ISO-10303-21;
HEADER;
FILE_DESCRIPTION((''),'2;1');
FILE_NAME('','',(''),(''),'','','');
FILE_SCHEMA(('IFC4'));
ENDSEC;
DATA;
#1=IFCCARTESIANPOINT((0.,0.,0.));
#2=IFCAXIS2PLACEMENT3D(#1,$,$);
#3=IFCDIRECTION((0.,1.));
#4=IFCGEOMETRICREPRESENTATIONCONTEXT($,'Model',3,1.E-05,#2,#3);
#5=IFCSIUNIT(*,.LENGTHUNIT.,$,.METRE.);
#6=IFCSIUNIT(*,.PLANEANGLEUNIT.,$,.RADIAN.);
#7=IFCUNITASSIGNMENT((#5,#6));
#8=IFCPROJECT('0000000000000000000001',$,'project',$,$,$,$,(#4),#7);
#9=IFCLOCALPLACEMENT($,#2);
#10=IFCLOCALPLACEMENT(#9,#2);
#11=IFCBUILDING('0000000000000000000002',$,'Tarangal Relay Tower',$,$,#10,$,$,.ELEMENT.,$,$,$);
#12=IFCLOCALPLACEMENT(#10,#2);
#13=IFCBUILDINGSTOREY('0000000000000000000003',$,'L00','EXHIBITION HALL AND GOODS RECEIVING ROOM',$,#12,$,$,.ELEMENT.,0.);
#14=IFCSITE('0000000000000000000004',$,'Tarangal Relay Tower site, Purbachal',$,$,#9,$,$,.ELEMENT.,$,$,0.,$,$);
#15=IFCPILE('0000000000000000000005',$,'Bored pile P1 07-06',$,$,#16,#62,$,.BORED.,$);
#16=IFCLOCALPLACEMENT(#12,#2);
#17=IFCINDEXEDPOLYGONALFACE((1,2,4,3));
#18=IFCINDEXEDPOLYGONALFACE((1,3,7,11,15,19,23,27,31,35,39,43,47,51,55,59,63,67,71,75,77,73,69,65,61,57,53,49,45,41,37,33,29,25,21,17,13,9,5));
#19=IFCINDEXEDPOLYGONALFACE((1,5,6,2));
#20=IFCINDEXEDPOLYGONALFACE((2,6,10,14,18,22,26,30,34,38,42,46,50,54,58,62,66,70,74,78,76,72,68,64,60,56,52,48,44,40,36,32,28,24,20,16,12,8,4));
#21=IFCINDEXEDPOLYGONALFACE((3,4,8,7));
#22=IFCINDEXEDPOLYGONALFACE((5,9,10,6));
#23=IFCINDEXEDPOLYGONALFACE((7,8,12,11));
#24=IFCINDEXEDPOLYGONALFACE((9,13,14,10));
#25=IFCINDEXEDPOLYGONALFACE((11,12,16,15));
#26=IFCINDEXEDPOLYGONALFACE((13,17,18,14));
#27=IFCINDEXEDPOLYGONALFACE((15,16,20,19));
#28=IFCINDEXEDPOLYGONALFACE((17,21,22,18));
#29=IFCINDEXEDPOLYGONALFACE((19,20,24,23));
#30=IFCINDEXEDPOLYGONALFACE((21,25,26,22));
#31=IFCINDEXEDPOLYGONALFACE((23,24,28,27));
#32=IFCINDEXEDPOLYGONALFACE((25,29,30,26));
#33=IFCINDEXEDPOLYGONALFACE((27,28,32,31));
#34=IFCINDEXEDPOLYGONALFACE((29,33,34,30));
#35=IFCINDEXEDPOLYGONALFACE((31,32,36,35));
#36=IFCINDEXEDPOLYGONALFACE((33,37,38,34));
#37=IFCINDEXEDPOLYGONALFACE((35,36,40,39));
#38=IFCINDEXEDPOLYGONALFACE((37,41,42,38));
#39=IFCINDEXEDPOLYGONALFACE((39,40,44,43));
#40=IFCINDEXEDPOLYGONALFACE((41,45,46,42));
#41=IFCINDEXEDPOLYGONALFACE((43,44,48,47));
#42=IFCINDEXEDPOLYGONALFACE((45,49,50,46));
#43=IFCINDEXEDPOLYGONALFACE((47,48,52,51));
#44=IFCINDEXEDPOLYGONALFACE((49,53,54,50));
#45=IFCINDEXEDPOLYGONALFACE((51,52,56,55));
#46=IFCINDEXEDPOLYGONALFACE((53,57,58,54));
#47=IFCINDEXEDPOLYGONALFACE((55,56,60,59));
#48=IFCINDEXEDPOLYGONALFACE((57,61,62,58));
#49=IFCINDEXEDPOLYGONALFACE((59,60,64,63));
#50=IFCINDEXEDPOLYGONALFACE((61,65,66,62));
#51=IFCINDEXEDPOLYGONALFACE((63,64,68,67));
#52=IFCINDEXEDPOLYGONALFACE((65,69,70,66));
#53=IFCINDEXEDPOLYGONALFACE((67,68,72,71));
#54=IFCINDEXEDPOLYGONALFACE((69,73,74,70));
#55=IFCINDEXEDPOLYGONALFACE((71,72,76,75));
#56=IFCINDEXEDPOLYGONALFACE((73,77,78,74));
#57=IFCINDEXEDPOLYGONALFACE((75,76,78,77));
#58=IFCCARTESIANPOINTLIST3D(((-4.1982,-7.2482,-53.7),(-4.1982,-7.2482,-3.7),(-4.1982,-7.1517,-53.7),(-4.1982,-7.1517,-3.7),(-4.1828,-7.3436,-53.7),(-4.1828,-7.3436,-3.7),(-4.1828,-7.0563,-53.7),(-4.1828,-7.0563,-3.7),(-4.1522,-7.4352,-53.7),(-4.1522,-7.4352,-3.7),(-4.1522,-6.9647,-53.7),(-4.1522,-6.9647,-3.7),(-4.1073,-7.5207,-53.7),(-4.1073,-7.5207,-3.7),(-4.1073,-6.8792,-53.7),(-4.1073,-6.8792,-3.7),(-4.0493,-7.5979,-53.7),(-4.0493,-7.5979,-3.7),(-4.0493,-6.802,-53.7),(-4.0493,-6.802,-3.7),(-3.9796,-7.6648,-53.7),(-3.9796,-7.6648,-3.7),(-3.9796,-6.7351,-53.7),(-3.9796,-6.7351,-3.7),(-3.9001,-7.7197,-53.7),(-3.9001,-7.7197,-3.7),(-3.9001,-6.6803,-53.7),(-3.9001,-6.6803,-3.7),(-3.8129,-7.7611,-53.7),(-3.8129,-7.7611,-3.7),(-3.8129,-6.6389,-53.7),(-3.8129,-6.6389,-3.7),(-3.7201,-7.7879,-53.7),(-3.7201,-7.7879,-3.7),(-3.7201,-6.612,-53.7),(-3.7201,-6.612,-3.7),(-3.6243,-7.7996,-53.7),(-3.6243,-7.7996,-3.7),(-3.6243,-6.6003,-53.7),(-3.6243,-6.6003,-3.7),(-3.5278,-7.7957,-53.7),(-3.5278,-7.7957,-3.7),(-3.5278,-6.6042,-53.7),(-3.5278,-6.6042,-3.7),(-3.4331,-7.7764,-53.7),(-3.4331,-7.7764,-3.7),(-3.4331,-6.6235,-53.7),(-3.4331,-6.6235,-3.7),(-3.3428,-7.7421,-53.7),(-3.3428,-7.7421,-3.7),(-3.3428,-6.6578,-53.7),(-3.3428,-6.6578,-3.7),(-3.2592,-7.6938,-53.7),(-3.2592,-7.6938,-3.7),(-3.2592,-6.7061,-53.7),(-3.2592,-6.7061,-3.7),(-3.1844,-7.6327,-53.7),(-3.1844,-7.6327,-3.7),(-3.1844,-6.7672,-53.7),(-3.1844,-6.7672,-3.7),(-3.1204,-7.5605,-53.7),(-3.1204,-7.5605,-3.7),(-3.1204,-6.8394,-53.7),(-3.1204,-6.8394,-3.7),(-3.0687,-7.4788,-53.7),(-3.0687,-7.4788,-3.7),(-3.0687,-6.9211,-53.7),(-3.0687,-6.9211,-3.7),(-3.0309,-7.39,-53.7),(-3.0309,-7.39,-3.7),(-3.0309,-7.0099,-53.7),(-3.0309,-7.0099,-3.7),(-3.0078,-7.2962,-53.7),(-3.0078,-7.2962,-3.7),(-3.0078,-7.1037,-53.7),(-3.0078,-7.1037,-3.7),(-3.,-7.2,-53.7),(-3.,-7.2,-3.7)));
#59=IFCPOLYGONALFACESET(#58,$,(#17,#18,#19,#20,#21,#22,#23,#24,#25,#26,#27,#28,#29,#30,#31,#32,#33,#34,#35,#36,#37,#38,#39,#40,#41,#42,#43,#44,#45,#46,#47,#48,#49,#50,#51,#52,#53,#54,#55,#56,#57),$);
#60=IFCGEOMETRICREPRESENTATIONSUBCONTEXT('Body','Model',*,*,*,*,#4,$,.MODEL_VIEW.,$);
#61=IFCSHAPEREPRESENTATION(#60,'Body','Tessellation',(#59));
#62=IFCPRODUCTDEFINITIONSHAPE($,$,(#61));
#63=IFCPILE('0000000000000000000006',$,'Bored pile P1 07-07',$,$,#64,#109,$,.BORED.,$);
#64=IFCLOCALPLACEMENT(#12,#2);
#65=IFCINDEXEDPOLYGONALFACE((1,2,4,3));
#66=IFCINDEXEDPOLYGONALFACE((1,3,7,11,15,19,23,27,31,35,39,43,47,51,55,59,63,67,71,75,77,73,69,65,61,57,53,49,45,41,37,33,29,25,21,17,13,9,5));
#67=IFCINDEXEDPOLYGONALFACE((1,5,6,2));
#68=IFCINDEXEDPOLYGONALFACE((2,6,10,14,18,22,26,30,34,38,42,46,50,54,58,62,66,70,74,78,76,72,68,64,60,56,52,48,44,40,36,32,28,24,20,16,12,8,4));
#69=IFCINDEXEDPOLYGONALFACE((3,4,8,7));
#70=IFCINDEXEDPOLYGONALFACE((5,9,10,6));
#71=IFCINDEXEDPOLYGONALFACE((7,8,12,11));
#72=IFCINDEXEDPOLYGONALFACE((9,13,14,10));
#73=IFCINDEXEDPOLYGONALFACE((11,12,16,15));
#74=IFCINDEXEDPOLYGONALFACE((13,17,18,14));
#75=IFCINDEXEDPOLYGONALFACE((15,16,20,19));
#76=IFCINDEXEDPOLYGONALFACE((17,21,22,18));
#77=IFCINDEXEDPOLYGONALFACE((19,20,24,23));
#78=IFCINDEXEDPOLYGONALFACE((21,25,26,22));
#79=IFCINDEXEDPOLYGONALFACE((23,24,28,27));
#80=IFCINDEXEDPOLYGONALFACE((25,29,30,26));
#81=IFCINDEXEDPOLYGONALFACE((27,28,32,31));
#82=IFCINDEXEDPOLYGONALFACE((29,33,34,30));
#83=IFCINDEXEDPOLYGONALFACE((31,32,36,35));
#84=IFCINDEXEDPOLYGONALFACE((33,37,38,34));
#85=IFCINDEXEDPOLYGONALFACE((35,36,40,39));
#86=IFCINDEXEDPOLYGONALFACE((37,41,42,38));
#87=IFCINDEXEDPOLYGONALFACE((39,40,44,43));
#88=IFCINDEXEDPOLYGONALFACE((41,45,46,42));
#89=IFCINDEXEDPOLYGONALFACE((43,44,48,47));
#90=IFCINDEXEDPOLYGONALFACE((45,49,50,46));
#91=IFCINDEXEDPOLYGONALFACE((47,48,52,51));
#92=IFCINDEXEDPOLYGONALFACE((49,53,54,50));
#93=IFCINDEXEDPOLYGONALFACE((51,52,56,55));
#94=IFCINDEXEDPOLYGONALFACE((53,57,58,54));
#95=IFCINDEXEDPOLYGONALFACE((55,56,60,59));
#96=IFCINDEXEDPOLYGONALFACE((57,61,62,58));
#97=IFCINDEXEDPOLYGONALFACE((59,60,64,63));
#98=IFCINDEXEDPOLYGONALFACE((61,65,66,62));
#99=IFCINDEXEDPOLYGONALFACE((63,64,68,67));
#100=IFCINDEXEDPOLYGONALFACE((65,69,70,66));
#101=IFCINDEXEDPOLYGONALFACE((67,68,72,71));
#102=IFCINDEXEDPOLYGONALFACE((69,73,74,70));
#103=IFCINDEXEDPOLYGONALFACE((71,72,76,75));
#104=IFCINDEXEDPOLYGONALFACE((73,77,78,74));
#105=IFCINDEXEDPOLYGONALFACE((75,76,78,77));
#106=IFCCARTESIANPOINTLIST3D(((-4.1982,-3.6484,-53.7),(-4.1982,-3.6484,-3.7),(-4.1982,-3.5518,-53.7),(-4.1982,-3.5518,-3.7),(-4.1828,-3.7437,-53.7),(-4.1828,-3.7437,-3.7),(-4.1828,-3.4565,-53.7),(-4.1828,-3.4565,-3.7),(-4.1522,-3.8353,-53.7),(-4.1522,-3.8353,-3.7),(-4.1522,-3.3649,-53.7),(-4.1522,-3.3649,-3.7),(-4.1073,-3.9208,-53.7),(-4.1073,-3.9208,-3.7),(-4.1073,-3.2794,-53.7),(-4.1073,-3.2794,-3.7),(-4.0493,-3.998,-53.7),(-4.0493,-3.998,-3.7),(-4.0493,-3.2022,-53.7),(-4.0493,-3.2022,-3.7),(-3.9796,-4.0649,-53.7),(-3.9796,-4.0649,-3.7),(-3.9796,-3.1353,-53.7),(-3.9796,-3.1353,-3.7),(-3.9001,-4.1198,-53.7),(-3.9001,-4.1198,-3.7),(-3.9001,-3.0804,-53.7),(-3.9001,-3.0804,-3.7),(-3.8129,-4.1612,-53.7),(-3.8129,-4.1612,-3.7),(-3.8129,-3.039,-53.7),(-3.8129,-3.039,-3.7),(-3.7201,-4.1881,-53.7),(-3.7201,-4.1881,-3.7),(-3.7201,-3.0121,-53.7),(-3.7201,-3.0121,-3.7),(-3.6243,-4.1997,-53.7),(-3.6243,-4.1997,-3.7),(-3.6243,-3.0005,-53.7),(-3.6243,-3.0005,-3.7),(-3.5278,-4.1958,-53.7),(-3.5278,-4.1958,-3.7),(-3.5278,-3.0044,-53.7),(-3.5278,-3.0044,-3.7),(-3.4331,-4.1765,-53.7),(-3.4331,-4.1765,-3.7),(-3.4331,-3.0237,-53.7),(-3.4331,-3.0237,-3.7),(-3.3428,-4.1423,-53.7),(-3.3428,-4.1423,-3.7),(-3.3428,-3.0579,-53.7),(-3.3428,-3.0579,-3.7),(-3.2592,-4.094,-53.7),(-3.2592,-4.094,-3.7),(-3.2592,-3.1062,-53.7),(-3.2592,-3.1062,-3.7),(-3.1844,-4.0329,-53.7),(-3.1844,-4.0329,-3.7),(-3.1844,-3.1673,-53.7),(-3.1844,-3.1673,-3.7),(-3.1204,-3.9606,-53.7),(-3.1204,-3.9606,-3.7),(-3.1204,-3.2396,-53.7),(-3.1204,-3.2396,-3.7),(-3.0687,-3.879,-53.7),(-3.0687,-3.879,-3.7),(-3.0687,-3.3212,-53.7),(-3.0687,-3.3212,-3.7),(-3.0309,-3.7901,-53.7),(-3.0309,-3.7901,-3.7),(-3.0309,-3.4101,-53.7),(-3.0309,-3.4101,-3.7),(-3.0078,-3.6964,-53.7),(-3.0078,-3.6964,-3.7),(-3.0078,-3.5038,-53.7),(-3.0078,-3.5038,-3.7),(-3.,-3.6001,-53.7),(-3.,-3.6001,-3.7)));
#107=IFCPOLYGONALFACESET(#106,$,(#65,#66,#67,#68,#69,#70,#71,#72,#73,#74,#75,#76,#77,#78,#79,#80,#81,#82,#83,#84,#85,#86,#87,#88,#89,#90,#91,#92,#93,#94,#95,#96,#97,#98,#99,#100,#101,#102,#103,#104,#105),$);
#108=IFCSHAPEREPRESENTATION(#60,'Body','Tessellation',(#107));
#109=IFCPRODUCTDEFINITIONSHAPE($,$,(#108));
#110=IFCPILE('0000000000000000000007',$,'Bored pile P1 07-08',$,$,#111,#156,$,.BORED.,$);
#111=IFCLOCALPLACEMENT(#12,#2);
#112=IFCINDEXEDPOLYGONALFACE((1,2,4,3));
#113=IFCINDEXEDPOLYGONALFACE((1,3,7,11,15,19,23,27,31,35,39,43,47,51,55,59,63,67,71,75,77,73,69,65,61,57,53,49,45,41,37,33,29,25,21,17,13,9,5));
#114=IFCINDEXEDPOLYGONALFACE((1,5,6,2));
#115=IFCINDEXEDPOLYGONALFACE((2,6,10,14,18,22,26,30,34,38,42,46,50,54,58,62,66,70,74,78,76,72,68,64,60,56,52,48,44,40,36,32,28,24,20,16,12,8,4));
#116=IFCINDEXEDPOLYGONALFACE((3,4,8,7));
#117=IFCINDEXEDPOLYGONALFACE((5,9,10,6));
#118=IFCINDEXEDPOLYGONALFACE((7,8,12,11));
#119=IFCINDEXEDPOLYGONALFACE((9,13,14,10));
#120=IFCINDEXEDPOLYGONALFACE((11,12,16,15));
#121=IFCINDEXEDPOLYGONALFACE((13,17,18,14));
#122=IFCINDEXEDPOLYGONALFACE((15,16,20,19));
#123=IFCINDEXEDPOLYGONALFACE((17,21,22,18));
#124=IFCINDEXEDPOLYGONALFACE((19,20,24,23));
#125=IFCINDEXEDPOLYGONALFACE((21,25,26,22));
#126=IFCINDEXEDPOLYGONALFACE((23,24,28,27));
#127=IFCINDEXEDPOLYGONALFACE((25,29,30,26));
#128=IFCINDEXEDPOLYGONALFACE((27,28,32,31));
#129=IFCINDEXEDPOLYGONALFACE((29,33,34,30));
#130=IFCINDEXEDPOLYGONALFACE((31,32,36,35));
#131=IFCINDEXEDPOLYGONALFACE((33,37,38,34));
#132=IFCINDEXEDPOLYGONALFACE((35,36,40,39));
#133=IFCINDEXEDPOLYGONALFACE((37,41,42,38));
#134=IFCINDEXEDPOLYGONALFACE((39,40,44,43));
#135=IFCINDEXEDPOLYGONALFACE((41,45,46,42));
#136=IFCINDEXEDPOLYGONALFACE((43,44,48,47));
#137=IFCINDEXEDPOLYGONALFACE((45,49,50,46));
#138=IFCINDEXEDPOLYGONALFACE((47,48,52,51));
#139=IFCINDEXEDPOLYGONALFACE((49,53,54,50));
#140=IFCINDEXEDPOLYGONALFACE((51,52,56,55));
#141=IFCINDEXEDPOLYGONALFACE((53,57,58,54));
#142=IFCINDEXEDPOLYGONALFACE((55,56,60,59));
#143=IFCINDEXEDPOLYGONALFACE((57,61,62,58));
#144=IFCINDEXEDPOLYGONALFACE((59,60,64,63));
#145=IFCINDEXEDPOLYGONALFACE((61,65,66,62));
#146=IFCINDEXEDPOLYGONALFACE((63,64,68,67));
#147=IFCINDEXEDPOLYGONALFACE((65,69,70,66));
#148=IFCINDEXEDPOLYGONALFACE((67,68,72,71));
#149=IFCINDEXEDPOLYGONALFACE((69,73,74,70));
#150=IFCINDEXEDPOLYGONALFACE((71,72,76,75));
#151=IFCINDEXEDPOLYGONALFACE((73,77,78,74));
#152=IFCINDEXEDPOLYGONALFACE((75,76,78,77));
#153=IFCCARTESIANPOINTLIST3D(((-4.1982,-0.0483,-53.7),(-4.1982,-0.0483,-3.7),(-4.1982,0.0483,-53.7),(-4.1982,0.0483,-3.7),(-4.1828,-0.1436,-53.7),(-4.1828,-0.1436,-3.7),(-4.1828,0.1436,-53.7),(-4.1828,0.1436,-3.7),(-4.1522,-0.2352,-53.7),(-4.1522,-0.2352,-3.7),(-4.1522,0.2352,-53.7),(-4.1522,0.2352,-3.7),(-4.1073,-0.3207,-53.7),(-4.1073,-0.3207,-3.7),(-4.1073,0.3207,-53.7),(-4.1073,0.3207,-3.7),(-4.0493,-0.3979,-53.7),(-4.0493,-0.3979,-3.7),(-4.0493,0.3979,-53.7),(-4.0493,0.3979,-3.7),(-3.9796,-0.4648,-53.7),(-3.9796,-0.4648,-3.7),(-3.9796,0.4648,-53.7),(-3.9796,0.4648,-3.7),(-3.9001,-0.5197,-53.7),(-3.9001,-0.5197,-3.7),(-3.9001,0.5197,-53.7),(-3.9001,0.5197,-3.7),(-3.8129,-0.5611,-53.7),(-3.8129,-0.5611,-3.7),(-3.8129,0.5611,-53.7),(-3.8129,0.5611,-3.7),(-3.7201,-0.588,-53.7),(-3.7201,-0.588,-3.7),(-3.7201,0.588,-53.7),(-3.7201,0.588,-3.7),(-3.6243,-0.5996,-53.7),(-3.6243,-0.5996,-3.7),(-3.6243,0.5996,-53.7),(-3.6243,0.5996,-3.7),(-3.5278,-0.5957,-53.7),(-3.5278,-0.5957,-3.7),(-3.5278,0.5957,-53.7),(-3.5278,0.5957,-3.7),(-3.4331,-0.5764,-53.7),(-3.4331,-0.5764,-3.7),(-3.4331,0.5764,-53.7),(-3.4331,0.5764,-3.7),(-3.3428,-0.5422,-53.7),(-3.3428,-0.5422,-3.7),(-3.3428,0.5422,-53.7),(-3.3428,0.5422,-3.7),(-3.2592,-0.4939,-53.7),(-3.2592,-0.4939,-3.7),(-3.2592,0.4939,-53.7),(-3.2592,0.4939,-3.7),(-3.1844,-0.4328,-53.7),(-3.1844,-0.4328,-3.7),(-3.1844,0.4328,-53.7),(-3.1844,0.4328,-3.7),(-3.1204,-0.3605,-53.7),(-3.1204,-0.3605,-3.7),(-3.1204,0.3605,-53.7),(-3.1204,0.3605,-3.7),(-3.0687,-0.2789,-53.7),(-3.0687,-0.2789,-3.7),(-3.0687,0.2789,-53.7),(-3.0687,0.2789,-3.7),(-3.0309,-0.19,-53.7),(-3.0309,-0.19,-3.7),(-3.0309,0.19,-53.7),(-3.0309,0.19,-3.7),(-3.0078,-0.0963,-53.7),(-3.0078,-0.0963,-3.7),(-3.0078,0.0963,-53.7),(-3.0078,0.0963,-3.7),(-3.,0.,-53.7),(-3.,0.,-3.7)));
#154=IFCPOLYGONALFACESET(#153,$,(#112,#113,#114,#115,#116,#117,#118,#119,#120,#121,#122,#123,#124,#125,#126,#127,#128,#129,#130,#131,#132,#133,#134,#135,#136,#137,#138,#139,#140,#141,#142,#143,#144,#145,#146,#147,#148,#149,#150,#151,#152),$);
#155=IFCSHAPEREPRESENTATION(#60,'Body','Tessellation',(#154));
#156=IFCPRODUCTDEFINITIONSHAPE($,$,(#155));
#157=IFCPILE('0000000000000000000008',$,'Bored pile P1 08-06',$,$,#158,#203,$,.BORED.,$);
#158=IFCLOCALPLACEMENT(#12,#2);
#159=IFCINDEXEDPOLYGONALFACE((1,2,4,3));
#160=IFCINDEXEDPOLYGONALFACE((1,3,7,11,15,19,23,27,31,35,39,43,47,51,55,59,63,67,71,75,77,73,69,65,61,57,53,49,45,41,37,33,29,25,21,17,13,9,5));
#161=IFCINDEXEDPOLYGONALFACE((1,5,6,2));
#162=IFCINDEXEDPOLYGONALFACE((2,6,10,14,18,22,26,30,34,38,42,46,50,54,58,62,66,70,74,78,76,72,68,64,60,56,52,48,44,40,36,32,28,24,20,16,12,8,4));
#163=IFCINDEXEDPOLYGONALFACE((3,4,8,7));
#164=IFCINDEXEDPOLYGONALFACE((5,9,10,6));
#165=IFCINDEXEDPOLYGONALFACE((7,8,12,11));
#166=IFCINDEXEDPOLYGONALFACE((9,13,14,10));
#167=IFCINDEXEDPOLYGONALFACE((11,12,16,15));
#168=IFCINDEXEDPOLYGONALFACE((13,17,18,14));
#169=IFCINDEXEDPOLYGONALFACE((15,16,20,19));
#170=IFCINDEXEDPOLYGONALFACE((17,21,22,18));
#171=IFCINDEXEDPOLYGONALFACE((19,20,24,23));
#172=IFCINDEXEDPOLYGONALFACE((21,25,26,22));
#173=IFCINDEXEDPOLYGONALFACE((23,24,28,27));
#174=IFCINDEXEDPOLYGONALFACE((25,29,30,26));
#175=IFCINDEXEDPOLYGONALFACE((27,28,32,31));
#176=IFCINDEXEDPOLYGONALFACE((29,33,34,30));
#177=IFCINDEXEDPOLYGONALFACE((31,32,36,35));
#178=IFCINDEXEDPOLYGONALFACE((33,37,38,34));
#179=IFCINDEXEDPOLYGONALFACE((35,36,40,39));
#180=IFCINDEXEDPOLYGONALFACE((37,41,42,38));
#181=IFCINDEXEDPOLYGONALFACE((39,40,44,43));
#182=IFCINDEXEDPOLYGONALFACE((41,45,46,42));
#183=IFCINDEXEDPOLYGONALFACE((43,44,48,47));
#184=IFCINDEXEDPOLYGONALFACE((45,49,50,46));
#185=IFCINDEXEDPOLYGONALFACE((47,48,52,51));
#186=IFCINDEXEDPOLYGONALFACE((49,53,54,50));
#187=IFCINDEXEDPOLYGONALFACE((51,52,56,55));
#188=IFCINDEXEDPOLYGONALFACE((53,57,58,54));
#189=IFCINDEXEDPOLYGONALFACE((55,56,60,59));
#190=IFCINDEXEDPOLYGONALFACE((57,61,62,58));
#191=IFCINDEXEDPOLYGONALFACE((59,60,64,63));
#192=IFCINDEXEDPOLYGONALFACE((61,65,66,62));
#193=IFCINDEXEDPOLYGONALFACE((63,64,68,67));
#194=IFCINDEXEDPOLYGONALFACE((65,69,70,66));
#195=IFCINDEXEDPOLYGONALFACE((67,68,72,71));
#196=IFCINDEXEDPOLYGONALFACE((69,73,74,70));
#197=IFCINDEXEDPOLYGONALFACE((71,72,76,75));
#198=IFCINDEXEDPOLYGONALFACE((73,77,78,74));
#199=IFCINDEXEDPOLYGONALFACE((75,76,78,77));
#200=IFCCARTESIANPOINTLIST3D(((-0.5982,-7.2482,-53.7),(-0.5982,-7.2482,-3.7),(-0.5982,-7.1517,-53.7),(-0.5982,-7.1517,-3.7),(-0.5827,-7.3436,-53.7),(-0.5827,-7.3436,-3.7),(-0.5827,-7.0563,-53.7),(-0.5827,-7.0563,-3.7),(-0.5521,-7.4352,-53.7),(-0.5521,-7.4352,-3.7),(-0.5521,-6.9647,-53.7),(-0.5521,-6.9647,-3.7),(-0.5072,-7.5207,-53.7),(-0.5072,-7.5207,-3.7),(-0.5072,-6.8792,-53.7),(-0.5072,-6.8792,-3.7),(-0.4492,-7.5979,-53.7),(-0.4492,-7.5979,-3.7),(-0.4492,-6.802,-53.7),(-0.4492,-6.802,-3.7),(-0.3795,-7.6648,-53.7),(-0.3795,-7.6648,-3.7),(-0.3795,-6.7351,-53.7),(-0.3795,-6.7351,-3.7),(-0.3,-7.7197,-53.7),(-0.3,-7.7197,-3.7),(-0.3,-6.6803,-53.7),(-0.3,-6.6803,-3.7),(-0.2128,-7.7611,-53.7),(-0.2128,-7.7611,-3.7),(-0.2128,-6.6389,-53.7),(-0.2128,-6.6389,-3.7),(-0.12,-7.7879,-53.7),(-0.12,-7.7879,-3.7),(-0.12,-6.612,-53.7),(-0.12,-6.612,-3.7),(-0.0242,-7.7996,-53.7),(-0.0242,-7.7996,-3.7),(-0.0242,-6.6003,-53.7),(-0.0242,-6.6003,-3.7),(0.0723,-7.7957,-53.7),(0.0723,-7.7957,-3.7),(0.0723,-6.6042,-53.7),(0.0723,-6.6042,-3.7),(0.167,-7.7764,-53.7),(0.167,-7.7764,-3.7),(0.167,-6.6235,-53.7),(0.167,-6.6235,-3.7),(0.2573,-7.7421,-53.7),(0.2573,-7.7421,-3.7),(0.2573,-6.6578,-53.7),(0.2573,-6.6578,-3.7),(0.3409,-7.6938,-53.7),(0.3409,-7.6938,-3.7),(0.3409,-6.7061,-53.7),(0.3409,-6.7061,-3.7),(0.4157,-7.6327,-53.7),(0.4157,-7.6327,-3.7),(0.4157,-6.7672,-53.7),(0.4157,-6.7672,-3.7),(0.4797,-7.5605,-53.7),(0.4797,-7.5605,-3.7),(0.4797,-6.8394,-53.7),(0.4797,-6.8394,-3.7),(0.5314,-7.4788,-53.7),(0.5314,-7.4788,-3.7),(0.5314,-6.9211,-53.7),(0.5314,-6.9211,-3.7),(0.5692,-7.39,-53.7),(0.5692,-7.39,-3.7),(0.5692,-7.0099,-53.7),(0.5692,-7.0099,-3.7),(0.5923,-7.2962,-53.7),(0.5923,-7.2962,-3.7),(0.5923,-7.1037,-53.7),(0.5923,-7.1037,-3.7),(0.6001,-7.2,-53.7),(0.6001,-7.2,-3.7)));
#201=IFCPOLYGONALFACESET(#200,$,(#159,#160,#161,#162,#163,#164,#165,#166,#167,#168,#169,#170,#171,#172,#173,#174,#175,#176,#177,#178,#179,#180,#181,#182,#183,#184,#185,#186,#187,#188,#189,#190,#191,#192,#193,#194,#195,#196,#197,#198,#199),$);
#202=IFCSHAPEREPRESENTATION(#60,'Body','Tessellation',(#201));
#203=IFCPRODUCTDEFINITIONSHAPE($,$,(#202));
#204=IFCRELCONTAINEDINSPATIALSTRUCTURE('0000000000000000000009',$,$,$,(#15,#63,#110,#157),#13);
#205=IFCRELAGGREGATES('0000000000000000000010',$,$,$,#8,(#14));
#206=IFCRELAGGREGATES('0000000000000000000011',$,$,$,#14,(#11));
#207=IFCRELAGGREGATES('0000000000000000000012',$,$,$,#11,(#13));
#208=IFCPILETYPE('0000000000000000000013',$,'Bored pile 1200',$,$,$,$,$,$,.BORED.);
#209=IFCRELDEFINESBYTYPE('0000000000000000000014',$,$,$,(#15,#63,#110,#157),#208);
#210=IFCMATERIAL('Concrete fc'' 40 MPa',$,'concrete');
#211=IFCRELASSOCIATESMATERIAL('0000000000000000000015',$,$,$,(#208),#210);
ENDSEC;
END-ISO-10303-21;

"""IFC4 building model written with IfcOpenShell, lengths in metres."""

from ifc_helpers import new_model, si_unit, direction, frame, origin, origin_2d, place, context, subcontext, project, spatial, circle, extrude, material, material_profile, profile_set, type_object, element, save


model = new_model("IFC4")

# Units and contexts
model_context = context("Model", 3, precision=1e-05, world=origin(), true_north=direction((0.0, 1.0)))
body_context = subcontext(model_context, "Body", "Model", "MODEL_VIEW")
ifc_project = project(units=[si_unit("LENGTHUNIT", "METRE"), si_unit("PLANEANGLEUNIT", "RADIAN")], contexts=[model_context])

# Site, building, storey
site_placement = place(None, origin())
site = spatial("IfcSite", under=ifc_project, at=site_placement, Name="Tarangal Relay Tower site, Purbachal", CompositionType="ELEMENT", RefElevation=0.0)
building_placement = place(site_placement, origin())
building = spatial("IfcBuilding", under=site, at=building_placement, Name="Tarangal Relay Tower", CompositionType="ELEMENT")
storey_placement = place(building_placement, origin())
storey = spatial("IfcBuildingStorey", under=building, at=storey_placement, Name="L00", Description="EXHIBITION HALL AND GOODS RECEIVING ROOM", CompositionType="ELEMENT", Elevation=0.0)

# Piles
ifc_material_1 = material(Name="Concrete fc' 40 MPa", Category="concrete")
ifc_material_profile = material_profile(ifc_material_1, circle(Radius=0.6001, at=origin_2d()), Name="D1200")
ifc_profile_set = profile_set([ifc_material_profile], Name="Concrete fc' 40 MPa")
pile_type = type_object("IfcPileType", Name="Bored pile 1200", PredefinedType="BORED", material=ifc_profile_set)
for number, where, z_axis, x_axis, name in (
    (1, (-3.6001, -7.2, -3.7), (0.0, 0.0, -1.0), (1.0, 0.0, 0.0), "Bored pile P1 07-06"),
    (2, (-3.6001, -3.6001, -3.7), (0.0, 0.0, -1.0), (1.0, 0.0, 0.0), "Bored pile P1 07-07"),
    (3, (-3.6001, 0.0, -3.7), (0.0, 0.0, -1.0), (1.0, 0.0, 0.0), "Bored pile P1 07-08"),
    (4, (0.0, -7.2, -3.7), (0.0, 0.0, -1.0), (1.0, 0.0, 0.0), "Bored pile P1 08-06"),
):
    element("IfcPile", number, at=place(storey_placement, frame(where, z_axis=z_axis, x_axis=x_axis)), inside=storey, type_object=pile_type, Name=name, PredefinedType="BORED", context=body_context, shape_type="SweptSolid", body=[
        extrude(circle(Radius=0.6001, at=origin_2d()), origin(), (0.0, 0.0, 1.0), 50.0),
    ])

save(model, "model.ifc")
